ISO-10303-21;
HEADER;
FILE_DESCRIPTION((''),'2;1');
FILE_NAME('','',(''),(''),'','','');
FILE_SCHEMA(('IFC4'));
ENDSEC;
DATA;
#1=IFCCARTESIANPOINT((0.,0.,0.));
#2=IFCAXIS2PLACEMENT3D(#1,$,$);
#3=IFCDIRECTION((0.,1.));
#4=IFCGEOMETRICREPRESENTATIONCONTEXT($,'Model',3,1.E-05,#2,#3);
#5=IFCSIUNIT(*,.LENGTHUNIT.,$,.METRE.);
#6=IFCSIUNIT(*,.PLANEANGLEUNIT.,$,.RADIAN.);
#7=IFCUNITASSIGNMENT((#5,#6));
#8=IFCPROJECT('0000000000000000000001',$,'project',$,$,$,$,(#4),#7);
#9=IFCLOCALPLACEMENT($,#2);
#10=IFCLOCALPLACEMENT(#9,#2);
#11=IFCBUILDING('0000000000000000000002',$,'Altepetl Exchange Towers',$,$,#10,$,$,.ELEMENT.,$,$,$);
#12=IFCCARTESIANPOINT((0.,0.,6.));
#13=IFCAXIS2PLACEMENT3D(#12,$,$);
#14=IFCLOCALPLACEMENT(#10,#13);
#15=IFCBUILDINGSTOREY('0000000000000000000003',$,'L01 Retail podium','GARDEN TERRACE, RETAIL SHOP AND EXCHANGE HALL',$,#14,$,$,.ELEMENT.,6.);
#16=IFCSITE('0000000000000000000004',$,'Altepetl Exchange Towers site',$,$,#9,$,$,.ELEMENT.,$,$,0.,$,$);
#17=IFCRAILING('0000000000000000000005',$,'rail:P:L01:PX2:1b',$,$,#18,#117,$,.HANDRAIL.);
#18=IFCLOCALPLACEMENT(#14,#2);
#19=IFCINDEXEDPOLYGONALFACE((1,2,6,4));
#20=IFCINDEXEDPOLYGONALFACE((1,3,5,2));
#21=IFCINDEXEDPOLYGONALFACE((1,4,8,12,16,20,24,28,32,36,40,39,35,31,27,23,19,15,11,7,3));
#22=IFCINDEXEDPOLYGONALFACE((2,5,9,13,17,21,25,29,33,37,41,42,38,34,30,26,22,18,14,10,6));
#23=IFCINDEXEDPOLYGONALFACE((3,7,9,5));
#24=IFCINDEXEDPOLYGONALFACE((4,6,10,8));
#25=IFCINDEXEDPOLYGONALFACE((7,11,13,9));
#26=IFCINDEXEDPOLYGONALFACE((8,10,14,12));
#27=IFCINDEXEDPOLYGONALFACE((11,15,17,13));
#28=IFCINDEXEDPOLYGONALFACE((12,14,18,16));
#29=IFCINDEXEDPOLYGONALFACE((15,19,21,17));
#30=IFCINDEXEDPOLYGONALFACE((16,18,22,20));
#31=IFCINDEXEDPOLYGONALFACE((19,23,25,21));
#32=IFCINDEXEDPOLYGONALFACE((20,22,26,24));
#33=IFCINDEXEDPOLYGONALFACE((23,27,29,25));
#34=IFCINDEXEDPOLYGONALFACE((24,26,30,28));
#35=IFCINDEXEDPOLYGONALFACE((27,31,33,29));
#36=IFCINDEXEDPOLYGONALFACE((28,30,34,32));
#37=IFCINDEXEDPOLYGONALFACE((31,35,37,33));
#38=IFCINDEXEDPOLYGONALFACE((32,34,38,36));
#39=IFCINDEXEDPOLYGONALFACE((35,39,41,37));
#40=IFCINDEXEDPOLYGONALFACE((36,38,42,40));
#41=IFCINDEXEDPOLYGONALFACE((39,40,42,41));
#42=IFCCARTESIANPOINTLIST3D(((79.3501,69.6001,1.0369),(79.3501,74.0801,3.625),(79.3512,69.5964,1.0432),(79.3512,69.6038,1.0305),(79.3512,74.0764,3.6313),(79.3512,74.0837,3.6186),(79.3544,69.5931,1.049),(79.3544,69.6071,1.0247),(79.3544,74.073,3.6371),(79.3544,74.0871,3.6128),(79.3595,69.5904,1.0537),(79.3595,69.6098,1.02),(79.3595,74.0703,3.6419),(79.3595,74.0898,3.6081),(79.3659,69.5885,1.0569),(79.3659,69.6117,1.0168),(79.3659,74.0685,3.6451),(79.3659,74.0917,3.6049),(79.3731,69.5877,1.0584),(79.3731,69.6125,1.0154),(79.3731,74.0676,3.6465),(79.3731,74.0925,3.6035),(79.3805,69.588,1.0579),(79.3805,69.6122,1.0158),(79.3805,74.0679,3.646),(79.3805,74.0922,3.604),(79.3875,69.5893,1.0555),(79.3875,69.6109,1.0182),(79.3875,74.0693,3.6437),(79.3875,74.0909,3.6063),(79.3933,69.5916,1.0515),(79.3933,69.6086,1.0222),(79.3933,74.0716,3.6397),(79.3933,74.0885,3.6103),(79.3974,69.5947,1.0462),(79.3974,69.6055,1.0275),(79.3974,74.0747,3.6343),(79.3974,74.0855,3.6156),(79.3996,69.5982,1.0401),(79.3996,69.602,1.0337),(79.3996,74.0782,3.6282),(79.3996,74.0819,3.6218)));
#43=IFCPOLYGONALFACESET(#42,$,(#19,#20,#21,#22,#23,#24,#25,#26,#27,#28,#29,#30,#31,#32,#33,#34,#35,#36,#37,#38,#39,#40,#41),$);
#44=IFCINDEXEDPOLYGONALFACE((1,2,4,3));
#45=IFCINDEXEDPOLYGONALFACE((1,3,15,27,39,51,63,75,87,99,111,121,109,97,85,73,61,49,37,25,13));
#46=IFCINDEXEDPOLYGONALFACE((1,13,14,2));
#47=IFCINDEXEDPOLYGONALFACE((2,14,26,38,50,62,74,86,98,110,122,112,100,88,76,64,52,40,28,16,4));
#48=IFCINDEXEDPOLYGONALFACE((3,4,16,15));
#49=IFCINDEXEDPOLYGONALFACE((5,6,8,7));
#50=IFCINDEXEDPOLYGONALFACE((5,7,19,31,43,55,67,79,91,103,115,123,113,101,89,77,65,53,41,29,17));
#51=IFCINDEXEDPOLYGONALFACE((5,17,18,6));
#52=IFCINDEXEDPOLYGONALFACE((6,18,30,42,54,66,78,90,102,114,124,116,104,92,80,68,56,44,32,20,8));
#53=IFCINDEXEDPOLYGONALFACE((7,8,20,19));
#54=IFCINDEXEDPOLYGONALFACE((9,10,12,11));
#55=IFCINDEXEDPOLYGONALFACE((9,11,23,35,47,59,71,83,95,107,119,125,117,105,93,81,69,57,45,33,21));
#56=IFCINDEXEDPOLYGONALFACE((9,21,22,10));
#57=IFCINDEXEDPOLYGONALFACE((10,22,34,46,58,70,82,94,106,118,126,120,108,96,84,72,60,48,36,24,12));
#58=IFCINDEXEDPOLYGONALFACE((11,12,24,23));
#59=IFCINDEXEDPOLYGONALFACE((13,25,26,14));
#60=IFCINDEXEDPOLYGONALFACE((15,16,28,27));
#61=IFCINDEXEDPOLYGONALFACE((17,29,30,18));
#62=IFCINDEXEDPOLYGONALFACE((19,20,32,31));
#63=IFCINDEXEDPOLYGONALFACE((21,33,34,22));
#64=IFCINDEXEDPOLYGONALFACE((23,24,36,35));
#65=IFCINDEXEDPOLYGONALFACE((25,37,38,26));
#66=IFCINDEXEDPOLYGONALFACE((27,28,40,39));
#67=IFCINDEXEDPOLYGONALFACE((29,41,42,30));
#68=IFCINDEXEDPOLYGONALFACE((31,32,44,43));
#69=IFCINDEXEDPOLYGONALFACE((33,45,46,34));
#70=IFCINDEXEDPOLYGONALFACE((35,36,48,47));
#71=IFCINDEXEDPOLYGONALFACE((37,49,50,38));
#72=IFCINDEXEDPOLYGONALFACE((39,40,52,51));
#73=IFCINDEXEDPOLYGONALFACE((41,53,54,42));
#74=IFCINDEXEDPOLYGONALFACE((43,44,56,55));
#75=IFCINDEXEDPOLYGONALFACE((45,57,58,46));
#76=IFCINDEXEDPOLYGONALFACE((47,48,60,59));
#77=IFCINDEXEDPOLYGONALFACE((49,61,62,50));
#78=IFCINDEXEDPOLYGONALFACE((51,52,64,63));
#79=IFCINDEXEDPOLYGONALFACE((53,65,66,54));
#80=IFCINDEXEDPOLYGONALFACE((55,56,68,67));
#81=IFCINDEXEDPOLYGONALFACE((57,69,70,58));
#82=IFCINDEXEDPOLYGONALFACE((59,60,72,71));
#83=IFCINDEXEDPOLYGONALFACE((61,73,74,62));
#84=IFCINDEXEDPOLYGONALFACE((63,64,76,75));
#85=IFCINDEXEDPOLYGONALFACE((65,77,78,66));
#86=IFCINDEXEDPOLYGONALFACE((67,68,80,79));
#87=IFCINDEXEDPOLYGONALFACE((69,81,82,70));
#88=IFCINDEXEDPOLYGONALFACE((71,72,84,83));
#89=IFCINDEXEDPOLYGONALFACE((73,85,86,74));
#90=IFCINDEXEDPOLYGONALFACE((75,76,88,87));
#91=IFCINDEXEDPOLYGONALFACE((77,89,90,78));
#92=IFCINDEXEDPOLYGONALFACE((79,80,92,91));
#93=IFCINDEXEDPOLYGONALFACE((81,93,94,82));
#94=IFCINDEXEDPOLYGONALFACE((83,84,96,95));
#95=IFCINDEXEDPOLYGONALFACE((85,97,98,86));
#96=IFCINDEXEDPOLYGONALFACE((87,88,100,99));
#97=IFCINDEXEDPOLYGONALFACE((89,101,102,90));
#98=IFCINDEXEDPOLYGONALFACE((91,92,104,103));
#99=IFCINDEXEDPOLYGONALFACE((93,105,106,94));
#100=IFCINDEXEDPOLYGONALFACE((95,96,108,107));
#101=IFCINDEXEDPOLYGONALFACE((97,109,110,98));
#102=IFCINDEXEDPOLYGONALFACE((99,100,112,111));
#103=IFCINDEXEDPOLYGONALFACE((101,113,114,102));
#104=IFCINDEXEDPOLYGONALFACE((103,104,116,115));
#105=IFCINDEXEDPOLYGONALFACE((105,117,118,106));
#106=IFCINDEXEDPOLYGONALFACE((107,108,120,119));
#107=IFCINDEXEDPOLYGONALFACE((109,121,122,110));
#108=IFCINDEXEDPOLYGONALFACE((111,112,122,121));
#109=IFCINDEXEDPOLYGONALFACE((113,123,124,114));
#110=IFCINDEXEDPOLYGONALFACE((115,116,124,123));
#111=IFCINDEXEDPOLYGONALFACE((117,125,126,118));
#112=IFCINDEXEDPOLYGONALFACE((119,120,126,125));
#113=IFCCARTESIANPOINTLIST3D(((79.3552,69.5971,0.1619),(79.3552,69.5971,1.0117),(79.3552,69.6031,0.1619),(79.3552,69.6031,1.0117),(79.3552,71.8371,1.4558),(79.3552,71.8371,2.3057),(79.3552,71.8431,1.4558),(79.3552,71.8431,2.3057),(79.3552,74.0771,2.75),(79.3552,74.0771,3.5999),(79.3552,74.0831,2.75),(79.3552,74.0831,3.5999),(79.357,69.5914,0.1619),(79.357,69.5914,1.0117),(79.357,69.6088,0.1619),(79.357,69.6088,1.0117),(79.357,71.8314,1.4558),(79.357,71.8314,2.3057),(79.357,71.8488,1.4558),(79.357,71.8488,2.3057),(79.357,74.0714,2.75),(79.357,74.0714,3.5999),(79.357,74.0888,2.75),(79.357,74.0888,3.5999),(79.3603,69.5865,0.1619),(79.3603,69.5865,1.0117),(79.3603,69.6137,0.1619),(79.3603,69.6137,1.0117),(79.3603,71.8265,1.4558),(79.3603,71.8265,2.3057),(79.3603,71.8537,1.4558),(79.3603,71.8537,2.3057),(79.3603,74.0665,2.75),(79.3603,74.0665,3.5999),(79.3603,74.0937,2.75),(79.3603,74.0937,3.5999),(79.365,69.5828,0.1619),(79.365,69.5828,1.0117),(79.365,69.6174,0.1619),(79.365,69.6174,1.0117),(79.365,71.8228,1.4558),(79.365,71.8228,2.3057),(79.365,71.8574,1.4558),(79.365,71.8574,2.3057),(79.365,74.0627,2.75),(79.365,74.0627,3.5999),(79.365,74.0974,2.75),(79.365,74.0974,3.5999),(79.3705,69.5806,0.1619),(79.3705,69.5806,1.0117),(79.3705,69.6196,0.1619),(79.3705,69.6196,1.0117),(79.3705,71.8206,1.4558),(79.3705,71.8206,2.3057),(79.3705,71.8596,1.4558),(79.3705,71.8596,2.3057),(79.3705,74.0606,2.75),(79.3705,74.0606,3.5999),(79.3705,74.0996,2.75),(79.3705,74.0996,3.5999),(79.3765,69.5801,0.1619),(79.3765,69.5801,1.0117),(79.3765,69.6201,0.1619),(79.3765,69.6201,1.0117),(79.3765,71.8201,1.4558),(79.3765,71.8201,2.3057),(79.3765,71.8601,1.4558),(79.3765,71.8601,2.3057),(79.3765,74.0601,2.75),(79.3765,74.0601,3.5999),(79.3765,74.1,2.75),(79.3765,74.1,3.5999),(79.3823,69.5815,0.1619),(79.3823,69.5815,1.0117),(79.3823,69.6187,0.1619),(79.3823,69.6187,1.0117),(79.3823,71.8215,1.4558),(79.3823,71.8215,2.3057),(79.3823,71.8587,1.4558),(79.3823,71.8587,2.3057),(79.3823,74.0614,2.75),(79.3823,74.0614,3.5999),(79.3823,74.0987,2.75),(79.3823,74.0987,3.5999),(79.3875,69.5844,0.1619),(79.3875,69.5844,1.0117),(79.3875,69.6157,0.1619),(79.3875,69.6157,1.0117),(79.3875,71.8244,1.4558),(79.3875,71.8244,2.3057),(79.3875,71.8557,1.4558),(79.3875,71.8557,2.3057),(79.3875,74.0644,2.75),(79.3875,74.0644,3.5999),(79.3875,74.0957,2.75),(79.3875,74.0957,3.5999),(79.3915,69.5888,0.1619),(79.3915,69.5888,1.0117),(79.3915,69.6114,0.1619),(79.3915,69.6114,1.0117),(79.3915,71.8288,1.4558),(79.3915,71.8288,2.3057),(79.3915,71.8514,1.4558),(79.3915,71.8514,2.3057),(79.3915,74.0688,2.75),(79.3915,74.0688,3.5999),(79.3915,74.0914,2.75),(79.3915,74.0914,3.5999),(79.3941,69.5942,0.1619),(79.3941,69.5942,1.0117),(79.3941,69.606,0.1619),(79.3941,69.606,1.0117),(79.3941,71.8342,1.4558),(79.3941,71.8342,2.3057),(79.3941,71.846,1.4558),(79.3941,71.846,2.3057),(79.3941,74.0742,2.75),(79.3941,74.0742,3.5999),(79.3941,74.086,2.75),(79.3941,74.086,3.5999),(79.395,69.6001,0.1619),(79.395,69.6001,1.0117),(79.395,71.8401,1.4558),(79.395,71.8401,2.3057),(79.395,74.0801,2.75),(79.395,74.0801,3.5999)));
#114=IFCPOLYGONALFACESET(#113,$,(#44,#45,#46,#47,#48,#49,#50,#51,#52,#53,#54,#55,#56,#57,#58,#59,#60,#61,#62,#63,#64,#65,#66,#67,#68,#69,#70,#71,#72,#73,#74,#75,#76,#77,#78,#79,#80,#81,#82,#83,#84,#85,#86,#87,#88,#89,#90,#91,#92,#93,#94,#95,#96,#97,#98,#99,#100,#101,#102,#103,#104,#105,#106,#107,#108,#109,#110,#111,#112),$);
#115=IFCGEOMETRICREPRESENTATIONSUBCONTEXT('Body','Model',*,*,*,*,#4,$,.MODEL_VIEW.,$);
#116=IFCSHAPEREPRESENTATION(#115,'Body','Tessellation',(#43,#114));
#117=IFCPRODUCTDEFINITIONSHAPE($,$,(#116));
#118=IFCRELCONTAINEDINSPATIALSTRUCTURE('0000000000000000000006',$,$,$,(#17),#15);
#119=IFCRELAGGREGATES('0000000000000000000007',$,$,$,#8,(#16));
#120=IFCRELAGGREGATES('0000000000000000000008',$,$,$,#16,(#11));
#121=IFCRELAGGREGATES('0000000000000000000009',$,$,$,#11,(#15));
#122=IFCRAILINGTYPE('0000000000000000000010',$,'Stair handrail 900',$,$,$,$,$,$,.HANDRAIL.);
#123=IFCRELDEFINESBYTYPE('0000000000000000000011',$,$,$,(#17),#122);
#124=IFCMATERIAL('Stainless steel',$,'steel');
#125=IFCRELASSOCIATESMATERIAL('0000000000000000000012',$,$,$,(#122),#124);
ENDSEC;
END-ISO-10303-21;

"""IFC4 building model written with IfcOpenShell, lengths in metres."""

from ifc_helpers import new_model, si_unit, direction, frame, origin, origin_2d, place, context, subcontext, project, spatial, circle, extrude, source, transform, mapped, material, type_object, element, save


model = new_model("IFC4")

# Units and contexts
model_context = context("Model", 3, precision=1e-05, world=origin(), true_north=direction((0.0, 1.0)))
body_context = subcontext(model_context, "Body", "Model", "MODEL_VIEW")
ifc_project = project(units=[si_unit("LENGTHUNIT", "METRE"), si_unit("PLANEANGLEUNIT", "RADIAN")], contexts=[model_context])

# Site, building, storey
site_placement = place(None, origin())
site = spatial("IfcSite", under=ifc_project, at=site_placement, Name="Altepetl Exchange Towers site", CompositionType="ELEMENT", RefElevation=0.0)
building_placement = place(site_placement, origin())
building = spatial("IfcBuilding", under=site, at=building_placement, Name="Altepetl Exchange Towers", CompositionType="ELEMENT")
storey_placement = place(building_placement, frame((0.0, 0.0, 6.0)))
storey = spatial("IfcBuildingStorey", under=building, at=storey_placement, Name="L01 Retail podium", Description="GARDEN TERRACE, RETAIL SHOP AND EXCHANGE HALL", CompositionType="ELEMENT", Elevation=6.0)

# Railing
ifc_material_1 = material(Name="Stainless steel", Category="steel")
railing_type_1 = type_object("IfcRailingType", Name="Stair handrail 900", PredefinedType="HANDRAIL", material=ifc_material_1)
shared_shape_1 = source(origin(), body_context, "Body", "SweptSolid", [
    extrude(circle(Radius=0.02, at=origin_2d()), origin(), (0.0, 0.0, 1.0), 0.8499),
])
for number, where, name in (
    (1, (79.375, 69.6001, 0.1619), "rail:P:L01:PX2:1b"),
):
    element("IfcRailing", number, at=place(storey_placement, frame(where)), inside=storey, type_object=railing_type_1, Name=name, PredefinedType="HANDRAIL", context=body_context, shape_type="SweptSolid", body=[
        extrude(circle(Radius=0.0249, at=origin_2d()), frame((0.0, 0.0, 0.875), z_axis=(0.0, 0.86589, 0.500234), x_axis=(-1.0, 0.0, 0.0)), (0.0, 0.0, 1.0), 5.1738),
        mapped(shared_shape_1, transform((0.0, 0.0, 0.0))),
        mapped(shared_shape_1, transform((0.0, 2.24, 1.2939))),
        mapped(shared_shape_1, transform((0.0, 4.48, 2.5881))),
    ])

save(model, "model.ifc")
